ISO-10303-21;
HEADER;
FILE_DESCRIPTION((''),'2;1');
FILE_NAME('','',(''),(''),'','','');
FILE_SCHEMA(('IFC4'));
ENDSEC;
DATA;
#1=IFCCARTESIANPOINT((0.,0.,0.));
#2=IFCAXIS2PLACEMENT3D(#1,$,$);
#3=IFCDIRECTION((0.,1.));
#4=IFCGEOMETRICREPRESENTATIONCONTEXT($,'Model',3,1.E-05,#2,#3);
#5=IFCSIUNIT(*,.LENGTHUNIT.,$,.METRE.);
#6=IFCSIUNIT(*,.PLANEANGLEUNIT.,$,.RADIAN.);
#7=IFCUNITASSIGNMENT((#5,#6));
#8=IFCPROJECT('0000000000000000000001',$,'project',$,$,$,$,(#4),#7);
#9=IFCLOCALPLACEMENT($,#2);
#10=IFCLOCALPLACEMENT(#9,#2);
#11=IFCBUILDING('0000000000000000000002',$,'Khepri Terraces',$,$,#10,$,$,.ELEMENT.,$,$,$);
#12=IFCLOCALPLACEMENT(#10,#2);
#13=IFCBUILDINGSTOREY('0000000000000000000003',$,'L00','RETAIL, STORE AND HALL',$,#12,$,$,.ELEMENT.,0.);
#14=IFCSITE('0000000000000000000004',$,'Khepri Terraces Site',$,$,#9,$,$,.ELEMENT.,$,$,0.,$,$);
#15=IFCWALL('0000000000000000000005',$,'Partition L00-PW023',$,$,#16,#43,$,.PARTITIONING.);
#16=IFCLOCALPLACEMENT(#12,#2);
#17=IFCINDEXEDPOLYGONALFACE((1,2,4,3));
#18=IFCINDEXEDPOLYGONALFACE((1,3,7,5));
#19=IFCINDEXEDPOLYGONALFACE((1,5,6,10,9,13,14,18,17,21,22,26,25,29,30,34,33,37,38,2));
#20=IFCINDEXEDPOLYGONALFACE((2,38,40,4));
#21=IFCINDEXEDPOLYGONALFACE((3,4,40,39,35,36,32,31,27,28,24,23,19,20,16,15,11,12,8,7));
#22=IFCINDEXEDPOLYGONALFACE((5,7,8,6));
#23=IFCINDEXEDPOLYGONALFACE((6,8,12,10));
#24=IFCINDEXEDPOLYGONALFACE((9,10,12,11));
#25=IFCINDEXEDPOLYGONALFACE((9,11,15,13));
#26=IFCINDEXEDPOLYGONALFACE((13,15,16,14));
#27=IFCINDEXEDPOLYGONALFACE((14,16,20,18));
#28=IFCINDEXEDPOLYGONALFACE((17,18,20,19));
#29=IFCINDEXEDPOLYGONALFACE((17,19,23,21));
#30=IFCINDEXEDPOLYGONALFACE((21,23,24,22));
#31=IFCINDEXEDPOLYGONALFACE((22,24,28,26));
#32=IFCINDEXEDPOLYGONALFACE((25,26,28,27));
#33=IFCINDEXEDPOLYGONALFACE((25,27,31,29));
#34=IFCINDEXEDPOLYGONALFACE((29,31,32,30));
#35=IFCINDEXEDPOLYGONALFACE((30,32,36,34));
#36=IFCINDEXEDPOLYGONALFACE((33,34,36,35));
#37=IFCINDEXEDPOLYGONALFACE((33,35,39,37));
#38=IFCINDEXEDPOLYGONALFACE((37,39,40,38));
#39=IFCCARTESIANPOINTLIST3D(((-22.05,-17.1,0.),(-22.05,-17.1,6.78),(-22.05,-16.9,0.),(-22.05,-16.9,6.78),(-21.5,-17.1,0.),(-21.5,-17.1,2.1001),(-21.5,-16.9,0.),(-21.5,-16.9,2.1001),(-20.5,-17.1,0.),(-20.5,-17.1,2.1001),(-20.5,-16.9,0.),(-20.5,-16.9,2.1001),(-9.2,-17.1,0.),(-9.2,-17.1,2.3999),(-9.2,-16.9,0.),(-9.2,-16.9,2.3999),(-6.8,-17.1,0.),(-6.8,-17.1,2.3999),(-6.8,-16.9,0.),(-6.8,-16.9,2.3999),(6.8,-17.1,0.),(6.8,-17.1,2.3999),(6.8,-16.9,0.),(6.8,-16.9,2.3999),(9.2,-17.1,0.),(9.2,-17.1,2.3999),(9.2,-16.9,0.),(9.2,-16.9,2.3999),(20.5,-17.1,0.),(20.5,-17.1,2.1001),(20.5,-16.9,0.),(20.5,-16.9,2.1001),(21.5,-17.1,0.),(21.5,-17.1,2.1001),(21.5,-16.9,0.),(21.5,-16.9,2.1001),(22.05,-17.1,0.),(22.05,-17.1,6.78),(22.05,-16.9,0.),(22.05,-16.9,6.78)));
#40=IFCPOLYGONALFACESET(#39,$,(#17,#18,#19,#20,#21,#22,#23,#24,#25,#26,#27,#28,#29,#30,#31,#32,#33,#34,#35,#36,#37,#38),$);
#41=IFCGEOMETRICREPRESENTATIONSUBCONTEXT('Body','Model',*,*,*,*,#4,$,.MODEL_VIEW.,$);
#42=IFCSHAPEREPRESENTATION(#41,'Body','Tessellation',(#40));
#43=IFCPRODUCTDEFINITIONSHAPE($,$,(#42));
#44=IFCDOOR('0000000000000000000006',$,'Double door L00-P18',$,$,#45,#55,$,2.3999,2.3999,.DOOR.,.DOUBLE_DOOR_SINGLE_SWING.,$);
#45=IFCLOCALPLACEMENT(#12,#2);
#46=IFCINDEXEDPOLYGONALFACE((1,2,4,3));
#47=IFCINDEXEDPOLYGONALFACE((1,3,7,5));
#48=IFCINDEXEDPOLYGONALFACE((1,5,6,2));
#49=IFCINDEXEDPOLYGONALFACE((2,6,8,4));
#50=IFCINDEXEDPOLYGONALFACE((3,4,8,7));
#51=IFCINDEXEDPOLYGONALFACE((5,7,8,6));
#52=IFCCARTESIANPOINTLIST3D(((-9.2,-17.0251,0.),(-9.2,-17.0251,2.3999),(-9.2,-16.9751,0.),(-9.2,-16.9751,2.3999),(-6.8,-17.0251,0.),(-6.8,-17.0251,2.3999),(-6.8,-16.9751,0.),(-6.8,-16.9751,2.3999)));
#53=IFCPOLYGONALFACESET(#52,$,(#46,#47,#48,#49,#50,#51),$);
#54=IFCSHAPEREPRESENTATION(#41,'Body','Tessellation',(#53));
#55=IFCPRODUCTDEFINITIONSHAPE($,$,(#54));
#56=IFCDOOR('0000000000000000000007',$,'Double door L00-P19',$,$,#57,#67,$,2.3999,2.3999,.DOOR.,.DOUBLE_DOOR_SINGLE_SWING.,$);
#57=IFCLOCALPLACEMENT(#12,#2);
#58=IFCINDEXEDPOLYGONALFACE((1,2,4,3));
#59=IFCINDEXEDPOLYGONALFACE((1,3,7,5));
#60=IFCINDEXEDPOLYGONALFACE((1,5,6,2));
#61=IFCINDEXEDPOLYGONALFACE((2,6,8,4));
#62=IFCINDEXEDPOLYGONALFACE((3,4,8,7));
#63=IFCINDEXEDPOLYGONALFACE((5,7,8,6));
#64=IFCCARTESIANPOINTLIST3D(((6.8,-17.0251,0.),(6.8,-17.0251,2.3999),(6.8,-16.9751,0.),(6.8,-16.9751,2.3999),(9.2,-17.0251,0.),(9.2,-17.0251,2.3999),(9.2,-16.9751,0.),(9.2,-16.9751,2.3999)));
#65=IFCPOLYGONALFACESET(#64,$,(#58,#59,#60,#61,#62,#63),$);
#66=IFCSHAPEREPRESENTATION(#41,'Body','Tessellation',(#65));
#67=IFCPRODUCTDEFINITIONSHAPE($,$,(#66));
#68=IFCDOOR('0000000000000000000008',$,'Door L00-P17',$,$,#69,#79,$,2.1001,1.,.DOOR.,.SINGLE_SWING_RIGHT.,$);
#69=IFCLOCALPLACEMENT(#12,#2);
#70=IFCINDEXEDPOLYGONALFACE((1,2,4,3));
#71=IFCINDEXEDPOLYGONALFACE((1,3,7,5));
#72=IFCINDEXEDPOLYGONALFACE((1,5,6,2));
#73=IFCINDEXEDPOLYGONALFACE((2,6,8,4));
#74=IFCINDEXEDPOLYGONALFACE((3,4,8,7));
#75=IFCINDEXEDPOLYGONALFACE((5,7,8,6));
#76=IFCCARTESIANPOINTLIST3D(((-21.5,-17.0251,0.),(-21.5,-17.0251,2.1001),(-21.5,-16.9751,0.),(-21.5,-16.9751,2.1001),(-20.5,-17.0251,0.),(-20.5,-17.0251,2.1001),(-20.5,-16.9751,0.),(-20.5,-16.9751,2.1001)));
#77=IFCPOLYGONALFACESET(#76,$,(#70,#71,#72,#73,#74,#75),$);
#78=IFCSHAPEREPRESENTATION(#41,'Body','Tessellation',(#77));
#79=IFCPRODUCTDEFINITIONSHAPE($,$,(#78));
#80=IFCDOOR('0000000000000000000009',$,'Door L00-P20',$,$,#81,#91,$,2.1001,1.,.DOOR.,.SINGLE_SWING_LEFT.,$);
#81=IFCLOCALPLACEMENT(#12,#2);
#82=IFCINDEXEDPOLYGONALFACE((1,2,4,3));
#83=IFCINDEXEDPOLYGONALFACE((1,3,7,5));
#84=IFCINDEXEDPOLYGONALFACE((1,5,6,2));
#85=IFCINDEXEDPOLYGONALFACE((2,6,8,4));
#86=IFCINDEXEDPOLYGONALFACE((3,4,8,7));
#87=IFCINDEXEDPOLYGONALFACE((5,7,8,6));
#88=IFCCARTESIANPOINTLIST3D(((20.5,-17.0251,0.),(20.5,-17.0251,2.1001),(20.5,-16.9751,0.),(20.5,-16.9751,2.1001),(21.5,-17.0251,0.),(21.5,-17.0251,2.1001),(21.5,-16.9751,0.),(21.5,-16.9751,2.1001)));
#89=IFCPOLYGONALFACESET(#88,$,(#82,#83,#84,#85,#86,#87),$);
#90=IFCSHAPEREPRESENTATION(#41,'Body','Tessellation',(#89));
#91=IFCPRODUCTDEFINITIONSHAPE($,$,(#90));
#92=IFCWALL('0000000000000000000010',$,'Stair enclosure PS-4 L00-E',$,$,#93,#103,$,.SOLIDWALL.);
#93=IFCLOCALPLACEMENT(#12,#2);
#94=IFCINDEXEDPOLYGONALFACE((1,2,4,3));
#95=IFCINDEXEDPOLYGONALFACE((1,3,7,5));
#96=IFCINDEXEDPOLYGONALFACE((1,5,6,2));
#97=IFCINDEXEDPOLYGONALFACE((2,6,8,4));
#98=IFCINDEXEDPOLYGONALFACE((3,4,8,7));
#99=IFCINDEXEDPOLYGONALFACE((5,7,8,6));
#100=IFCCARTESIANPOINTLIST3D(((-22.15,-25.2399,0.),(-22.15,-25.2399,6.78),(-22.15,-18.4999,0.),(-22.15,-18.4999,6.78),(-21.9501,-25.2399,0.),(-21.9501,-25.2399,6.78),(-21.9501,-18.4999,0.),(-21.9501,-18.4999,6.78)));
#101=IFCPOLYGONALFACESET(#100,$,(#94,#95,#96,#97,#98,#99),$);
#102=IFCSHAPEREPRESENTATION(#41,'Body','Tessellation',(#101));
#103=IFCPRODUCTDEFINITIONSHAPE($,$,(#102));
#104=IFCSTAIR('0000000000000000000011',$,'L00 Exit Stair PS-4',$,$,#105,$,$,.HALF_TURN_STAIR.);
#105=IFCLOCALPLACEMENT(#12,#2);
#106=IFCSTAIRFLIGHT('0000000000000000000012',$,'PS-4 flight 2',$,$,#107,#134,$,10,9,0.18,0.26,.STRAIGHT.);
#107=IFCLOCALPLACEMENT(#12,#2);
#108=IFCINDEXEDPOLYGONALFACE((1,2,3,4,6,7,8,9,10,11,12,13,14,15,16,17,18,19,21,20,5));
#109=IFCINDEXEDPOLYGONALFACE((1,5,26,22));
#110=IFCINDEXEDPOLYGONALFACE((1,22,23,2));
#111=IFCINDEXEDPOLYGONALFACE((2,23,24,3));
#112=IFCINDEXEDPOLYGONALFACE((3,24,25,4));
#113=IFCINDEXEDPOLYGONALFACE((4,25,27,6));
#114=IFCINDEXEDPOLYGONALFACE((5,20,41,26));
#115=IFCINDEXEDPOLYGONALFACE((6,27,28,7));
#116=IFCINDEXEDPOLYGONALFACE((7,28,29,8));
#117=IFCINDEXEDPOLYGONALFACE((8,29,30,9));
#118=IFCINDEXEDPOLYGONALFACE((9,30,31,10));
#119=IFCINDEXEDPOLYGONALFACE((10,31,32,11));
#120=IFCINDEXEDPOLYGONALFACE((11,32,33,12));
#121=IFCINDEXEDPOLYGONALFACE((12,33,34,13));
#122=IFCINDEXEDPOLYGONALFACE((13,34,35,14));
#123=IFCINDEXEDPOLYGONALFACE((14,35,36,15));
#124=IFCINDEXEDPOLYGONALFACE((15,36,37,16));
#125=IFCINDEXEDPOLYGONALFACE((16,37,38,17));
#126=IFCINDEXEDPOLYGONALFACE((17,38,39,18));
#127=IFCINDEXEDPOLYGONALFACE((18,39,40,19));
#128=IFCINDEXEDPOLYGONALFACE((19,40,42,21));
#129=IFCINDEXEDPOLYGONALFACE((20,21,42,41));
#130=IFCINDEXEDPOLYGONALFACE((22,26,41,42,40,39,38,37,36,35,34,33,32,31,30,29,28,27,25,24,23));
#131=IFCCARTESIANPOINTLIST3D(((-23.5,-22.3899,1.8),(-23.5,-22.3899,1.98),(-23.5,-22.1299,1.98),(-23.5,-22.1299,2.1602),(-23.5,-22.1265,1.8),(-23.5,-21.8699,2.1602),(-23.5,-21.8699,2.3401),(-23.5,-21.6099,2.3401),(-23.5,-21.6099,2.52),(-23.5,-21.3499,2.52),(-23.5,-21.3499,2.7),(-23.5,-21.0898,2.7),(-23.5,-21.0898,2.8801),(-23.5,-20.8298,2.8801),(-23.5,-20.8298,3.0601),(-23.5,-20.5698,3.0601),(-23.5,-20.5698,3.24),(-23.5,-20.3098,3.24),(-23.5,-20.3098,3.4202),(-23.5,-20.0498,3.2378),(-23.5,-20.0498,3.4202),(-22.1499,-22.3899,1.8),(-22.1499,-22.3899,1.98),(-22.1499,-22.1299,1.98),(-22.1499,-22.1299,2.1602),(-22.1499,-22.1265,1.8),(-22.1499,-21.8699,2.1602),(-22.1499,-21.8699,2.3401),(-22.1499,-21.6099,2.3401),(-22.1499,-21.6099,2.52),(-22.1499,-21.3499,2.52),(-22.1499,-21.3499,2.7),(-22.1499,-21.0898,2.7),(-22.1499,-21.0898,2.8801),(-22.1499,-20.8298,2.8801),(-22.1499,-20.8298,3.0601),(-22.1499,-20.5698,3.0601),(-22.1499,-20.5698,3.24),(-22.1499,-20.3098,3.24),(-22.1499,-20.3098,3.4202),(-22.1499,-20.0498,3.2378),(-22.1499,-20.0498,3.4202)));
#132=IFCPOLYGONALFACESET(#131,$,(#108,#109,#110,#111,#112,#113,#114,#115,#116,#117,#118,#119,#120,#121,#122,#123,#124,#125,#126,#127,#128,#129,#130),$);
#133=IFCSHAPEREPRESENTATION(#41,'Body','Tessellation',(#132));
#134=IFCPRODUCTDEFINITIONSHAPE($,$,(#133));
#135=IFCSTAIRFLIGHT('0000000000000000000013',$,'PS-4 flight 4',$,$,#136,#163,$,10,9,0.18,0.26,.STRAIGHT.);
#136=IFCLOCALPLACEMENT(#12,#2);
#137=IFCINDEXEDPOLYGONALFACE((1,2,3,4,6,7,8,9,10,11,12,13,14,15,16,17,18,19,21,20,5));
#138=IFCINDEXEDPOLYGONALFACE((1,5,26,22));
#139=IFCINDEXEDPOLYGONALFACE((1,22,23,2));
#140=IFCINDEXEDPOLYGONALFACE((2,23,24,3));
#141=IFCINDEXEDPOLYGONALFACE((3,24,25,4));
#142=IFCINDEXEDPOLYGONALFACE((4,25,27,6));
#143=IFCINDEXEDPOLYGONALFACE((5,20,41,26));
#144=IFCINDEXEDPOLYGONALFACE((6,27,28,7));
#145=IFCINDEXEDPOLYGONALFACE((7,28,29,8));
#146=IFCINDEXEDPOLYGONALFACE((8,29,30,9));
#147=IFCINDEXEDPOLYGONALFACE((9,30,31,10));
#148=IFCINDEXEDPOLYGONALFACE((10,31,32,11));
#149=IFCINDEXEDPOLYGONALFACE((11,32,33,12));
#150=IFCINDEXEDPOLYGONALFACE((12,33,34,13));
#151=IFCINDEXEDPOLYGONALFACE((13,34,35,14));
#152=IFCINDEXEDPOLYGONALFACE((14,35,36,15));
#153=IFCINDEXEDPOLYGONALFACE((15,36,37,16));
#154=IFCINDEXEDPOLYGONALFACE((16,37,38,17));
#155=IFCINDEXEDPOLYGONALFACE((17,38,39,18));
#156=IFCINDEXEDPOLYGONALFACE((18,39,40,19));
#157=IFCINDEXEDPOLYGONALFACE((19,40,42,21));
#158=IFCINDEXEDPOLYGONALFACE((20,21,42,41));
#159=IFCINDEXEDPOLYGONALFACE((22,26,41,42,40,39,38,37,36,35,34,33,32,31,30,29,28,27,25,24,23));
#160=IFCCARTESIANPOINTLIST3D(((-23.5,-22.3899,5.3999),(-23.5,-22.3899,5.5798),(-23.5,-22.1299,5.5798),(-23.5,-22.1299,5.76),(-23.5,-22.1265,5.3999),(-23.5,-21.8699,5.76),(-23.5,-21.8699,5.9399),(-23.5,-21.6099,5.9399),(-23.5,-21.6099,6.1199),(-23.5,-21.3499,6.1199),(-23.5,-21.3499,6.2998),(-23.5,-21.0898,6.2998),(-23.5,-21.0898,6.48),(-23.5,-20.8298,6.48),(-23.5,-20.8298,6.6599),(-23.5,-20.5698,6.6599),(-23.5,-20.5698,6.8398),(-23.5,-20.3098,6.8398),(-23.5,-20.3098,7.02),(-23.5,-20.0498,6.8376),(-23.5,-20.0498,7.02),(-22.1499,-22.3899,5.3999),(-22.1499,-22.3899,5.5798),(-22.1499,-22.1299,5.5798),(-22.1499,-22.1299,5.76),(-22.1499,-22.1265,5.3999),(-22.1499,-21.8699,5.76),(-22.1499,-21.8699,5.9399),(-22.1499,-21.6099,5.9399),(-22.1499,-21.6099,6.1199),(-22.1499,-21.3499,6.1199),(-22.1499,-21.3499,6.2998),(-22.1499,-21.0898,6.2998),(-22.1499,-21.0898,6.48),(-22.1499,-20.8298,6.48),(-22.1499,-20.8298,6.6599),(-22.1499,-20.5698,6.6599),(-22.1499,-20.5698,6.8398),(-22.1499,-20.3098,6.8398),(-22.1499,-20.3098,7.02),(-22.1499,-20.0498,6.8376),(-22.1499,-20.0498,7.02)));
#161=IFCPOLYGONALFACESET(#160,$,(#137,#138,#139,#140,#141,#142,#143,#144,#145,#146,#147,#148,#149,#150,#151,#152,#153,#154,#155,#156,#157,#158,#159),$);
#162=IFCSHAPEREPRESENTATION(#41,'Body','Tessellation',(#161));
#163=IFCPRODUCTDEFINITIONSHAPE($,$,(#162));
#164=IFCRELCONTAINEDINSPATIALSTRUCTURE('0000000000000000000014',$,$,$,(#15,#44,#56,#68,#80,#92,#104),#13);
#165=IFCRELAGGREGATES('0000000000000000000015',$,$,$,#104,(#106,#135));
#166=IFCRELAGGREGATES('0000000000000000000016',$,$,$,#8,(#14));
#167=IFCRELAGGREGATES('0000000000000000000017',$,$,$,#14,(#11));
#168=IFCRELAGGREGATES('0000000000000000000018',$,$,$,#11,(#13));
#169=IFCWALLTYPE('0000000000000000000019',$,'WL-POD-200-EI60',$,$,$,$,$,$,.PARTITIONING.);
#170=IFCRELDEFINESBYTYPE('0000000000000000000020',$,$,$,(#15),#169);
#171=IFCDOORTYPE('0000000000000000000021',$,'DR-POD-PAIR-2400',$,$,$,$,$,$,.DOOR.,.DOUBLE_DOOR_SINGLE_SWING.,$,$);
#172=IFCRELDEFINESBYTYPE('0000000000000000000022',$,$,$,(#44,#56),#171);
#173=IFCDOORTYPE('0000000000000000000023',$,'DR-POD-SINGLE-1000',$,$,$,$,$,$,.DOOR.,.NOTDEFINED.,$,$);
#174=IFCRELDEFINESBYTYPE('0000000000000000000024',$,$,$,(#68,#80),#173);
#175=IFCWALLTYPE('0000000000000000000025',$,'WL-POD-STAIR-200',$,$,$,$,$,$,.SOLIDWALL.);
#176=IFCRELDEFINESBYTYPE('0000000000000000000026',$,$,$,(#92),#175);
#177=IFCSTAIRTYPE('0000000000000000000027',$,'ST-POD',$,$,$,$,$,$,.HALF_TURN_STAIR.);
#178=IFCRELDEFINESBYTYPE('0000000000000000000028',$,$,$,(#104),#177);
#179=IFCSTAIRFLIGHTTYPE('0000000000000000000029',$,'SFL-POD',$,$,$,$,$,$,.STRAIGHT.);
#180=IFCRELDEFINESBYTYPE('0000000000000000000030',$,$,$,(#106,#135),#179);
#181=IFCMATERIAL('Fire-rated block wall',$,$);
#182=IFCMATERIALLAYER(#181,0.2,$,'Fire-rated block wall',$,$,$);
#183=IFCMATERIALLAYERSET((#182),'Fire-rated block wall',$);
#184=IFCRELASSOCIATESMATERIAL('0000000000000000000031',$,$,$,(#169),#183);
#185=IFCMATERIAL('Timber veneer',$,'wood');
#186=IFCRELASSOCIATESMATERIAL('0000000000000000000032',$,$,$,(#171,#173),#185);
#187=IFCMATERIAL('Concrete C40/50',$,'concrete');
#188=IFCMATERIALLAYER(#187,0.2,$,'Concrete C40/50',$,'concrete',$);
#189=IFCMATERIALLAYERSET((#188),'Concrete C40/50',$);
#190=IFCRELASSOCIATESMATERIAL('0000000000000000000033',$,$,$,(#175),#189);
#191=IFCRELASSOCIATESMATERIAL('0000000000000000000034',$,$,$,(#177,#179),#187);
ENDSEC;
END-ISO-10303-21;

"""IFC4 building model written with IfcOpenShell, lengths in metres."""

from ifc_helpers import new_model, si_unit, direction, frame, frame_2d, origin, place, context, subcontext, project, spatial, polyline, rectangle, outline, extrude, material, layer, layer_set, type_object, element, fill, aggregate, save


model = new_model("IFC4")

# Units and contexts
model_context = context("Model", 3, precision=1e-05, world=origin(), true_north=direction((0.0, 1.0)))
body_context = subcontext(model_context, "Body", "Model", "MODEL_VIEW")
ifc_project = project(units=[si_unit("LENGTHUNIT", "METRE"), si_unit("PLANEANGLEUNIT", "RADIAN")], contexts=[model_context])

# Site, building, storey
site_placement = place(None, origin())
site = spatial("IfcSite", under=ifc_project, at=site_placement, Name="Khepri Terraces Site", CompositionType="ELEMENT", RefElevation=0.0)
building_placement = place(site_placement, origin())
building = spatial("IfcBuilding", under=site, at=building_placement, Name="Khepri Terraces", CompositionType="ELEMENT")
storey_placement = place(building_placement, origin())
storey = spatial("IfcBuildingStorey", under=building, at=storey_placement, Name="L00", Description="RETAIL, STORE AND HALL", CompositionType="ELEMENT", Elevation=0.0)

# Shared definitions
ifc_material_1 = material(Name="Fire-rated block wall")

# Wall, openings, doors
ifc_layer_1 = layer(ifc_material_1, 0.2, Name="Fire-rated block wall")
ifc_layer_set_1 = layer_set([ifc_layer_1], Name="Fire-rated block wall")
wall_type_1 = type_object("IfcWallType", Name="WL-POD-200-EI60", PredefinedType="PARTITIONING", material=ifc_layer_set_1)
wall_1_placement = place(storey_placement, frame((-22.05, -17.0, 0.0), z_axis=(0.0, 0.0, 1.0), x_axis=(1.0, 0.0, 0.0)))
wall_1 = element("IfcWall", 1, at=wall_1_placement, inside=storey, type_object=wall_type_1, Name="Partition L00-PW023", PredefinedType="PARTITIONING", context=body_context, shape_type="SweptSolid", body=[
    extrude(rectangle(XDim=44.1001, YDim=0.2, at=frame_2d((22.05, 0.0))), origin(), (0.0, 0.0, 1.0), 6.78),
])
opening_1_placement = place(wall_1_placement, frame((0.55, 0.0, 0.0)))
opening_1 = element("IfcOpeningElement", 2, at=opening_1_placement, cuts=wall_1, PredefinedType="OPENING", context=body_context, shape_type="SweptSolid", body=[
    extrude(rectangle(XDim=1.0, YDim=2.1001, at=frame_2d((0.5, 1.05))), frame((0.0, 0.1099, 0.0), z_axis=(0.0, -1.0, 0.0), x_axis=(1.0, 0.0, 0.0)), (0.0, 0.0, 1.0), 0.22),
])
opening_2_placement = place(wall_1_placement, frame((12.8501, 0.0, 0.0)))
opening_2 = element("IfcOpeningElement", 3, at=opening_2_placement, cuts=wall_1, PredefinedType="OPENING", context=body_context, shape_type="SweptSolid", body=[
    extrude(rectangle(XDim=2.3999, YDim=2.3999, at=frame_2d((1.2, 1.2))), frame((0.0, 0.1099, 0.0), z_axis=(0.0, -1.0, 0.0), x_axis=(1.0, 0.0, 0.0)), (0.0, 0.0, 1.0), 0.22),
])
opening_3_placement = place(wall_1_placement, frame((28.8501, 0.0, 0.0)))
opening_3 = element("IfcOpeningElement", 4, at=opening_3_placement, cuts=wall_1, PredefinedType="OPENING", context=body_context, shape_type="SweptSolid", body=[
    extrude(rectangle(XDim=2.3999, YDim=2.3999, at=frame_2d((1.2, 1.2))), frame((0.0, 0.1099, 0.0), z_axis=(0.0, -1.0, 0.0), x_axis=(1.0, 0.0, 0.0)), (0.0, 0.0, 1.0), 0.22),
])
opening_4_placement = place(wall_1_placement, frame((42.55, 0.0, 0.0)))
opening_4 = element("IfcOpeningElement", 5, at=opening_4_placement, cuts=wall_1, PredefinedType="OPENING", context=body_context, shape_type="SweptSolid", body=[
    extrude(rectangle(XDim=1.0, YDim=2.1001, at=frame_2d((0.5, 1.05))), frame((0.0, 0.1099, 0.0), z_axis=(0.0, -1.0, 0.0), x_axis=(1.0, 0.0, 0.0)), (0.0, 0.0, 1.0), 0.22),
])
ifc_material_2 = material(Name="Timber veneer", Category="wood")
door_type_1 = type_object("IfcDoorType", Name="DR-POD-PAIR-2400", OperationType="DOUBLE_DOOR_SINGLE_SWING", PredefinedType="DOOR", material=ifc_material_2)
door_1_placement = place(opening_2_placement, origin())
door_1 = element("IfcDoor", 6, at=door_1_placement, inside=storey, type_object=door_type_1, Name="Double door L00-P18", OperationType="DOUBLE_DOOR_SINGLE_SWING", OverallHeight=2.3999, OverallWidth=2.3999, PredefinedType="DOOR", context=body_context, shape_type="SweptSolid", body=[
    extrude(rectangle(XDim=2.3999, YDim=2.3999, at=frame_2d((1.2, 1.2))), frame((0.0, 0.0249, 0.0), z_axis=(0.0, -1.0, 0.0), x_axis=(1.0, 0.0, 0.0)), (0.0, 0.0, 1.0), 0.05),
])
fill(opening_2, door_1)
door_2_placement = place(opening_3_placement, origin())
door_2 = element("IfcDoor", 7, at=door_2_placement, inside=storey, type_object=door_type_1, Name="Double door L00-P19", OperationType="DOUBLE_DOOR_SINGLE_SWING", OverallHeight=2.3999, OverallWidth=2.3999, PredefinedType="DOOR", context=body_context, shape_type="SweptSolid", body=[
    extrude(rectangle(XDim=2.3999, YDim=2.3999, at=frame_2d((1.2, 1.2))), frame((0.0, 0.0249, 0.0), z_axis=(0.0, -1.0, 0.0), x_axis=(1.0, 0.0, 0.0)), (0.0, 0.0, 1.0), 0.05),
])
fill(opening_3, door_2)
door_type_2 = type_object("IfcDoorType", Name="DR-POD-SINGLE-1000", OperationType="NOTDEFINED", PredefinedType="DOOR", material=ifc_material_2)
door_3_placement = place(opening_1_placement, origin())
door_3 = element("IfcDoor", 8, at=door_3_placement, inside=storey, type_object=door_type_2, Name="Door L00-P17", OperationType="SINGLE_SWING_RIGHT", OverallHeight=2.1001, OverallWidth=1.0, PredefinedType="DOOR", context=body_context, shape_type="SweptSolid", body=[
    extrude(rectangle(XDim=1.0, YDim=2.1001, at=frame_2d((0.5, 1.05))), frame((0.0, 0.0249, 0.0), z_axis=(0.0, -1.0, 0.0), x_axis=(1.0, 0.0, 0.0)), (0.0, 0.0, 1.0), 0.05),
])
fill(opening_1, door_3)
door_4_placement = place(opening_4_placement, origin())
door_4 = element("IfcDoor", 9, at=door_4_placement, inside=storey, type_object=door_type_2, Name="Door L00-P20", OperationType="SINGLE_SWING_LEFT", OverallHeight=2.1001, OverallWidth=1.0, PredefinedType="DOOR", context=body_context, shape_type="SweptSolid", body=[
    extrude(rectangle(XDim=1.0, YDim=2.1001, at=frame_2d((0.5, 1.05))), frame((0.0, 0.0249, 0.0), z_axis=(0.0, -1.0, 0.0), x_axis=(1.0, 0.0, 0.0)), (0.0, 0.0, 1.0), 0.05),
])
fill(opening_4, door_4)

# Wall
ifc_material_3 = material(Name="Concrete C40/50", Category="concrete")
ifc_layer_2 = layer(ifc_material_3, 0.2, Name="Concrete C40/50", Category="concrete")
ifc_layer_set_2 = layer_set([ifc_layer_2], Name="Concrete C40/50")
wall_type_2 = type_object("IfcWallType", Name="WL-POD-STAIR-200", PredefinedType="SOLIDWALL", material=ifc_layer_set_2)
wall_2_placement = place(storey_placement, frame((-22.05, -25.24, 0.0), z_axis=(0.0, 0.0, 1.0), x_axis=(0.0, 1.0, 0.0)))
element("IfcWall", 10, at=wall_2_placement, inside=storey, type_object=wall_type_2, Name="Stair enclosure PS-4 L00-E", PredefinedType="SOLIDWALL", context=body_context, shape_type="SweptSolid", body=[
    extrude(rectangle(XDim=6.74, YDim=0.2, at=frame_2d((3.3701, 0.0))), origin(), (0.0, 0.0, 1.0), 6.78),
])

# Stair, stair flights
stair_type = type_object("IfcStairType", Name="ST-POD", PredefinedType="HALF_TURN_STAIR", material=ifc_material_3)
stair_placement = place(storey_placement, origin())
stair = element("IfcStair", 11, at=stair_placement, inside=storey, type_object=stair_type, Name="L00 Exit Stair PS-4", PredefinedType="HALF_TURN_STAIR")
stair_flight_type = type_object("IfcStairFlightType", Name="SFL-POD", PredefinedType="STRAIGHT", material=ifc_material_3)
stair_flight_1_placement = place(storey_placement, frame((-22.825, -22.3899, 1.8), z_axis=(0.0, 0.0, 1.0), x_axis=(0.0, 1.0, 0.0)))
stair_flight_1 = element("IfcStairFlight", 12, at=stair_flight_1_placement, type_object=stair_flight_type, Name="PS-4 flight 2", NumberOfRisers=10, NumberOfTreads=9, PredefinedType="STRAIGHT", RiserHeight=0.18, TreadLength=0.26, context=body_context, shape_type="SweptSolid", body=[
    extrude(outline(polyline([(0.0, 0.0), (0.0, 0.1799), (0.26, 0.1799), (0.26, 0.3601), (0.52, 0.3601), (0.52, 0.54), (0.78, 0.54), (0.78, 0.72), (1.04, 0.72), (1.04, 0.8999), (1.3, 0.8999), (1.3, 1.0801), (1.5601, 1.0801), (1.5601, 1.26), (1.8201, 1.26), (1.8201, 1.4399), (2.0801, 1.4399), (2.0801, 1.6201), (2.3401, 1.6201), (2.3401, 1.8), (2.3401, 1.4377), (0.2634, 0.0), (0.0, 0.0)])), frame((0.0, 0.675, 0.0), z_axis=(0.0, -1.0, 0.0), x_axis=(1.0, 0.0, 0.0)), (0.0, 0.0, 1.0), 1.3501),
])
stair_flight_2_placement = place(storey_placement, frame((-22.825, -22.3899, 5.3999), z_axis=(0.0, 0.0, 1.0), x_axis=(0.0, 1.0, 0.0)))
stair_flight_2 = element("IfcStairFlight", 13, at=stair_flight_2_placement, type_object=stair_flight_type, Name="PS-4 flight 4", NumberOfRisers=10, NumberOfTreads=9, PredefinedType="STRAIGHT", RiserHeight=0.18, TreadLength=0.26, context=body_context, shape_type="SweptSolid", body=[
    extrude(outline(polyline([(0.0, 0.0), (0.0, 0.1799), (0.26, 0.1799), (0.26, 0.3601), (0.52, 0.3601), (0.52, 0.54), (0.78, 0.54), (0.78, 0.72), (1.04, 0.72), (1.04, 0.8999), (1.3, 0.8999), (1.3, 1.0801), (1.5601, 1.0801), (1.5601, 1.26), (1.8201, 1.26), (1.8201, 1.4399), (2.0801, 1.4399), (2.0801, 1.6201), (2.3401, 1.6201), (2.3401, 1.8), (2.3401, 1.4377), (0.2634, 0.0), (0.0, 0.0)])), frame((0.0, 0.675, 0.0), z_axis=(0.0, -1.0, 0.0), x_axis=(1.0, 0.0, 0.0)), (0.0, 0.0, 1.0), 1.3501),
])
aggregate(stair, [stair_flight_1, stair_flight_2])

save(model, "model.ifc")
